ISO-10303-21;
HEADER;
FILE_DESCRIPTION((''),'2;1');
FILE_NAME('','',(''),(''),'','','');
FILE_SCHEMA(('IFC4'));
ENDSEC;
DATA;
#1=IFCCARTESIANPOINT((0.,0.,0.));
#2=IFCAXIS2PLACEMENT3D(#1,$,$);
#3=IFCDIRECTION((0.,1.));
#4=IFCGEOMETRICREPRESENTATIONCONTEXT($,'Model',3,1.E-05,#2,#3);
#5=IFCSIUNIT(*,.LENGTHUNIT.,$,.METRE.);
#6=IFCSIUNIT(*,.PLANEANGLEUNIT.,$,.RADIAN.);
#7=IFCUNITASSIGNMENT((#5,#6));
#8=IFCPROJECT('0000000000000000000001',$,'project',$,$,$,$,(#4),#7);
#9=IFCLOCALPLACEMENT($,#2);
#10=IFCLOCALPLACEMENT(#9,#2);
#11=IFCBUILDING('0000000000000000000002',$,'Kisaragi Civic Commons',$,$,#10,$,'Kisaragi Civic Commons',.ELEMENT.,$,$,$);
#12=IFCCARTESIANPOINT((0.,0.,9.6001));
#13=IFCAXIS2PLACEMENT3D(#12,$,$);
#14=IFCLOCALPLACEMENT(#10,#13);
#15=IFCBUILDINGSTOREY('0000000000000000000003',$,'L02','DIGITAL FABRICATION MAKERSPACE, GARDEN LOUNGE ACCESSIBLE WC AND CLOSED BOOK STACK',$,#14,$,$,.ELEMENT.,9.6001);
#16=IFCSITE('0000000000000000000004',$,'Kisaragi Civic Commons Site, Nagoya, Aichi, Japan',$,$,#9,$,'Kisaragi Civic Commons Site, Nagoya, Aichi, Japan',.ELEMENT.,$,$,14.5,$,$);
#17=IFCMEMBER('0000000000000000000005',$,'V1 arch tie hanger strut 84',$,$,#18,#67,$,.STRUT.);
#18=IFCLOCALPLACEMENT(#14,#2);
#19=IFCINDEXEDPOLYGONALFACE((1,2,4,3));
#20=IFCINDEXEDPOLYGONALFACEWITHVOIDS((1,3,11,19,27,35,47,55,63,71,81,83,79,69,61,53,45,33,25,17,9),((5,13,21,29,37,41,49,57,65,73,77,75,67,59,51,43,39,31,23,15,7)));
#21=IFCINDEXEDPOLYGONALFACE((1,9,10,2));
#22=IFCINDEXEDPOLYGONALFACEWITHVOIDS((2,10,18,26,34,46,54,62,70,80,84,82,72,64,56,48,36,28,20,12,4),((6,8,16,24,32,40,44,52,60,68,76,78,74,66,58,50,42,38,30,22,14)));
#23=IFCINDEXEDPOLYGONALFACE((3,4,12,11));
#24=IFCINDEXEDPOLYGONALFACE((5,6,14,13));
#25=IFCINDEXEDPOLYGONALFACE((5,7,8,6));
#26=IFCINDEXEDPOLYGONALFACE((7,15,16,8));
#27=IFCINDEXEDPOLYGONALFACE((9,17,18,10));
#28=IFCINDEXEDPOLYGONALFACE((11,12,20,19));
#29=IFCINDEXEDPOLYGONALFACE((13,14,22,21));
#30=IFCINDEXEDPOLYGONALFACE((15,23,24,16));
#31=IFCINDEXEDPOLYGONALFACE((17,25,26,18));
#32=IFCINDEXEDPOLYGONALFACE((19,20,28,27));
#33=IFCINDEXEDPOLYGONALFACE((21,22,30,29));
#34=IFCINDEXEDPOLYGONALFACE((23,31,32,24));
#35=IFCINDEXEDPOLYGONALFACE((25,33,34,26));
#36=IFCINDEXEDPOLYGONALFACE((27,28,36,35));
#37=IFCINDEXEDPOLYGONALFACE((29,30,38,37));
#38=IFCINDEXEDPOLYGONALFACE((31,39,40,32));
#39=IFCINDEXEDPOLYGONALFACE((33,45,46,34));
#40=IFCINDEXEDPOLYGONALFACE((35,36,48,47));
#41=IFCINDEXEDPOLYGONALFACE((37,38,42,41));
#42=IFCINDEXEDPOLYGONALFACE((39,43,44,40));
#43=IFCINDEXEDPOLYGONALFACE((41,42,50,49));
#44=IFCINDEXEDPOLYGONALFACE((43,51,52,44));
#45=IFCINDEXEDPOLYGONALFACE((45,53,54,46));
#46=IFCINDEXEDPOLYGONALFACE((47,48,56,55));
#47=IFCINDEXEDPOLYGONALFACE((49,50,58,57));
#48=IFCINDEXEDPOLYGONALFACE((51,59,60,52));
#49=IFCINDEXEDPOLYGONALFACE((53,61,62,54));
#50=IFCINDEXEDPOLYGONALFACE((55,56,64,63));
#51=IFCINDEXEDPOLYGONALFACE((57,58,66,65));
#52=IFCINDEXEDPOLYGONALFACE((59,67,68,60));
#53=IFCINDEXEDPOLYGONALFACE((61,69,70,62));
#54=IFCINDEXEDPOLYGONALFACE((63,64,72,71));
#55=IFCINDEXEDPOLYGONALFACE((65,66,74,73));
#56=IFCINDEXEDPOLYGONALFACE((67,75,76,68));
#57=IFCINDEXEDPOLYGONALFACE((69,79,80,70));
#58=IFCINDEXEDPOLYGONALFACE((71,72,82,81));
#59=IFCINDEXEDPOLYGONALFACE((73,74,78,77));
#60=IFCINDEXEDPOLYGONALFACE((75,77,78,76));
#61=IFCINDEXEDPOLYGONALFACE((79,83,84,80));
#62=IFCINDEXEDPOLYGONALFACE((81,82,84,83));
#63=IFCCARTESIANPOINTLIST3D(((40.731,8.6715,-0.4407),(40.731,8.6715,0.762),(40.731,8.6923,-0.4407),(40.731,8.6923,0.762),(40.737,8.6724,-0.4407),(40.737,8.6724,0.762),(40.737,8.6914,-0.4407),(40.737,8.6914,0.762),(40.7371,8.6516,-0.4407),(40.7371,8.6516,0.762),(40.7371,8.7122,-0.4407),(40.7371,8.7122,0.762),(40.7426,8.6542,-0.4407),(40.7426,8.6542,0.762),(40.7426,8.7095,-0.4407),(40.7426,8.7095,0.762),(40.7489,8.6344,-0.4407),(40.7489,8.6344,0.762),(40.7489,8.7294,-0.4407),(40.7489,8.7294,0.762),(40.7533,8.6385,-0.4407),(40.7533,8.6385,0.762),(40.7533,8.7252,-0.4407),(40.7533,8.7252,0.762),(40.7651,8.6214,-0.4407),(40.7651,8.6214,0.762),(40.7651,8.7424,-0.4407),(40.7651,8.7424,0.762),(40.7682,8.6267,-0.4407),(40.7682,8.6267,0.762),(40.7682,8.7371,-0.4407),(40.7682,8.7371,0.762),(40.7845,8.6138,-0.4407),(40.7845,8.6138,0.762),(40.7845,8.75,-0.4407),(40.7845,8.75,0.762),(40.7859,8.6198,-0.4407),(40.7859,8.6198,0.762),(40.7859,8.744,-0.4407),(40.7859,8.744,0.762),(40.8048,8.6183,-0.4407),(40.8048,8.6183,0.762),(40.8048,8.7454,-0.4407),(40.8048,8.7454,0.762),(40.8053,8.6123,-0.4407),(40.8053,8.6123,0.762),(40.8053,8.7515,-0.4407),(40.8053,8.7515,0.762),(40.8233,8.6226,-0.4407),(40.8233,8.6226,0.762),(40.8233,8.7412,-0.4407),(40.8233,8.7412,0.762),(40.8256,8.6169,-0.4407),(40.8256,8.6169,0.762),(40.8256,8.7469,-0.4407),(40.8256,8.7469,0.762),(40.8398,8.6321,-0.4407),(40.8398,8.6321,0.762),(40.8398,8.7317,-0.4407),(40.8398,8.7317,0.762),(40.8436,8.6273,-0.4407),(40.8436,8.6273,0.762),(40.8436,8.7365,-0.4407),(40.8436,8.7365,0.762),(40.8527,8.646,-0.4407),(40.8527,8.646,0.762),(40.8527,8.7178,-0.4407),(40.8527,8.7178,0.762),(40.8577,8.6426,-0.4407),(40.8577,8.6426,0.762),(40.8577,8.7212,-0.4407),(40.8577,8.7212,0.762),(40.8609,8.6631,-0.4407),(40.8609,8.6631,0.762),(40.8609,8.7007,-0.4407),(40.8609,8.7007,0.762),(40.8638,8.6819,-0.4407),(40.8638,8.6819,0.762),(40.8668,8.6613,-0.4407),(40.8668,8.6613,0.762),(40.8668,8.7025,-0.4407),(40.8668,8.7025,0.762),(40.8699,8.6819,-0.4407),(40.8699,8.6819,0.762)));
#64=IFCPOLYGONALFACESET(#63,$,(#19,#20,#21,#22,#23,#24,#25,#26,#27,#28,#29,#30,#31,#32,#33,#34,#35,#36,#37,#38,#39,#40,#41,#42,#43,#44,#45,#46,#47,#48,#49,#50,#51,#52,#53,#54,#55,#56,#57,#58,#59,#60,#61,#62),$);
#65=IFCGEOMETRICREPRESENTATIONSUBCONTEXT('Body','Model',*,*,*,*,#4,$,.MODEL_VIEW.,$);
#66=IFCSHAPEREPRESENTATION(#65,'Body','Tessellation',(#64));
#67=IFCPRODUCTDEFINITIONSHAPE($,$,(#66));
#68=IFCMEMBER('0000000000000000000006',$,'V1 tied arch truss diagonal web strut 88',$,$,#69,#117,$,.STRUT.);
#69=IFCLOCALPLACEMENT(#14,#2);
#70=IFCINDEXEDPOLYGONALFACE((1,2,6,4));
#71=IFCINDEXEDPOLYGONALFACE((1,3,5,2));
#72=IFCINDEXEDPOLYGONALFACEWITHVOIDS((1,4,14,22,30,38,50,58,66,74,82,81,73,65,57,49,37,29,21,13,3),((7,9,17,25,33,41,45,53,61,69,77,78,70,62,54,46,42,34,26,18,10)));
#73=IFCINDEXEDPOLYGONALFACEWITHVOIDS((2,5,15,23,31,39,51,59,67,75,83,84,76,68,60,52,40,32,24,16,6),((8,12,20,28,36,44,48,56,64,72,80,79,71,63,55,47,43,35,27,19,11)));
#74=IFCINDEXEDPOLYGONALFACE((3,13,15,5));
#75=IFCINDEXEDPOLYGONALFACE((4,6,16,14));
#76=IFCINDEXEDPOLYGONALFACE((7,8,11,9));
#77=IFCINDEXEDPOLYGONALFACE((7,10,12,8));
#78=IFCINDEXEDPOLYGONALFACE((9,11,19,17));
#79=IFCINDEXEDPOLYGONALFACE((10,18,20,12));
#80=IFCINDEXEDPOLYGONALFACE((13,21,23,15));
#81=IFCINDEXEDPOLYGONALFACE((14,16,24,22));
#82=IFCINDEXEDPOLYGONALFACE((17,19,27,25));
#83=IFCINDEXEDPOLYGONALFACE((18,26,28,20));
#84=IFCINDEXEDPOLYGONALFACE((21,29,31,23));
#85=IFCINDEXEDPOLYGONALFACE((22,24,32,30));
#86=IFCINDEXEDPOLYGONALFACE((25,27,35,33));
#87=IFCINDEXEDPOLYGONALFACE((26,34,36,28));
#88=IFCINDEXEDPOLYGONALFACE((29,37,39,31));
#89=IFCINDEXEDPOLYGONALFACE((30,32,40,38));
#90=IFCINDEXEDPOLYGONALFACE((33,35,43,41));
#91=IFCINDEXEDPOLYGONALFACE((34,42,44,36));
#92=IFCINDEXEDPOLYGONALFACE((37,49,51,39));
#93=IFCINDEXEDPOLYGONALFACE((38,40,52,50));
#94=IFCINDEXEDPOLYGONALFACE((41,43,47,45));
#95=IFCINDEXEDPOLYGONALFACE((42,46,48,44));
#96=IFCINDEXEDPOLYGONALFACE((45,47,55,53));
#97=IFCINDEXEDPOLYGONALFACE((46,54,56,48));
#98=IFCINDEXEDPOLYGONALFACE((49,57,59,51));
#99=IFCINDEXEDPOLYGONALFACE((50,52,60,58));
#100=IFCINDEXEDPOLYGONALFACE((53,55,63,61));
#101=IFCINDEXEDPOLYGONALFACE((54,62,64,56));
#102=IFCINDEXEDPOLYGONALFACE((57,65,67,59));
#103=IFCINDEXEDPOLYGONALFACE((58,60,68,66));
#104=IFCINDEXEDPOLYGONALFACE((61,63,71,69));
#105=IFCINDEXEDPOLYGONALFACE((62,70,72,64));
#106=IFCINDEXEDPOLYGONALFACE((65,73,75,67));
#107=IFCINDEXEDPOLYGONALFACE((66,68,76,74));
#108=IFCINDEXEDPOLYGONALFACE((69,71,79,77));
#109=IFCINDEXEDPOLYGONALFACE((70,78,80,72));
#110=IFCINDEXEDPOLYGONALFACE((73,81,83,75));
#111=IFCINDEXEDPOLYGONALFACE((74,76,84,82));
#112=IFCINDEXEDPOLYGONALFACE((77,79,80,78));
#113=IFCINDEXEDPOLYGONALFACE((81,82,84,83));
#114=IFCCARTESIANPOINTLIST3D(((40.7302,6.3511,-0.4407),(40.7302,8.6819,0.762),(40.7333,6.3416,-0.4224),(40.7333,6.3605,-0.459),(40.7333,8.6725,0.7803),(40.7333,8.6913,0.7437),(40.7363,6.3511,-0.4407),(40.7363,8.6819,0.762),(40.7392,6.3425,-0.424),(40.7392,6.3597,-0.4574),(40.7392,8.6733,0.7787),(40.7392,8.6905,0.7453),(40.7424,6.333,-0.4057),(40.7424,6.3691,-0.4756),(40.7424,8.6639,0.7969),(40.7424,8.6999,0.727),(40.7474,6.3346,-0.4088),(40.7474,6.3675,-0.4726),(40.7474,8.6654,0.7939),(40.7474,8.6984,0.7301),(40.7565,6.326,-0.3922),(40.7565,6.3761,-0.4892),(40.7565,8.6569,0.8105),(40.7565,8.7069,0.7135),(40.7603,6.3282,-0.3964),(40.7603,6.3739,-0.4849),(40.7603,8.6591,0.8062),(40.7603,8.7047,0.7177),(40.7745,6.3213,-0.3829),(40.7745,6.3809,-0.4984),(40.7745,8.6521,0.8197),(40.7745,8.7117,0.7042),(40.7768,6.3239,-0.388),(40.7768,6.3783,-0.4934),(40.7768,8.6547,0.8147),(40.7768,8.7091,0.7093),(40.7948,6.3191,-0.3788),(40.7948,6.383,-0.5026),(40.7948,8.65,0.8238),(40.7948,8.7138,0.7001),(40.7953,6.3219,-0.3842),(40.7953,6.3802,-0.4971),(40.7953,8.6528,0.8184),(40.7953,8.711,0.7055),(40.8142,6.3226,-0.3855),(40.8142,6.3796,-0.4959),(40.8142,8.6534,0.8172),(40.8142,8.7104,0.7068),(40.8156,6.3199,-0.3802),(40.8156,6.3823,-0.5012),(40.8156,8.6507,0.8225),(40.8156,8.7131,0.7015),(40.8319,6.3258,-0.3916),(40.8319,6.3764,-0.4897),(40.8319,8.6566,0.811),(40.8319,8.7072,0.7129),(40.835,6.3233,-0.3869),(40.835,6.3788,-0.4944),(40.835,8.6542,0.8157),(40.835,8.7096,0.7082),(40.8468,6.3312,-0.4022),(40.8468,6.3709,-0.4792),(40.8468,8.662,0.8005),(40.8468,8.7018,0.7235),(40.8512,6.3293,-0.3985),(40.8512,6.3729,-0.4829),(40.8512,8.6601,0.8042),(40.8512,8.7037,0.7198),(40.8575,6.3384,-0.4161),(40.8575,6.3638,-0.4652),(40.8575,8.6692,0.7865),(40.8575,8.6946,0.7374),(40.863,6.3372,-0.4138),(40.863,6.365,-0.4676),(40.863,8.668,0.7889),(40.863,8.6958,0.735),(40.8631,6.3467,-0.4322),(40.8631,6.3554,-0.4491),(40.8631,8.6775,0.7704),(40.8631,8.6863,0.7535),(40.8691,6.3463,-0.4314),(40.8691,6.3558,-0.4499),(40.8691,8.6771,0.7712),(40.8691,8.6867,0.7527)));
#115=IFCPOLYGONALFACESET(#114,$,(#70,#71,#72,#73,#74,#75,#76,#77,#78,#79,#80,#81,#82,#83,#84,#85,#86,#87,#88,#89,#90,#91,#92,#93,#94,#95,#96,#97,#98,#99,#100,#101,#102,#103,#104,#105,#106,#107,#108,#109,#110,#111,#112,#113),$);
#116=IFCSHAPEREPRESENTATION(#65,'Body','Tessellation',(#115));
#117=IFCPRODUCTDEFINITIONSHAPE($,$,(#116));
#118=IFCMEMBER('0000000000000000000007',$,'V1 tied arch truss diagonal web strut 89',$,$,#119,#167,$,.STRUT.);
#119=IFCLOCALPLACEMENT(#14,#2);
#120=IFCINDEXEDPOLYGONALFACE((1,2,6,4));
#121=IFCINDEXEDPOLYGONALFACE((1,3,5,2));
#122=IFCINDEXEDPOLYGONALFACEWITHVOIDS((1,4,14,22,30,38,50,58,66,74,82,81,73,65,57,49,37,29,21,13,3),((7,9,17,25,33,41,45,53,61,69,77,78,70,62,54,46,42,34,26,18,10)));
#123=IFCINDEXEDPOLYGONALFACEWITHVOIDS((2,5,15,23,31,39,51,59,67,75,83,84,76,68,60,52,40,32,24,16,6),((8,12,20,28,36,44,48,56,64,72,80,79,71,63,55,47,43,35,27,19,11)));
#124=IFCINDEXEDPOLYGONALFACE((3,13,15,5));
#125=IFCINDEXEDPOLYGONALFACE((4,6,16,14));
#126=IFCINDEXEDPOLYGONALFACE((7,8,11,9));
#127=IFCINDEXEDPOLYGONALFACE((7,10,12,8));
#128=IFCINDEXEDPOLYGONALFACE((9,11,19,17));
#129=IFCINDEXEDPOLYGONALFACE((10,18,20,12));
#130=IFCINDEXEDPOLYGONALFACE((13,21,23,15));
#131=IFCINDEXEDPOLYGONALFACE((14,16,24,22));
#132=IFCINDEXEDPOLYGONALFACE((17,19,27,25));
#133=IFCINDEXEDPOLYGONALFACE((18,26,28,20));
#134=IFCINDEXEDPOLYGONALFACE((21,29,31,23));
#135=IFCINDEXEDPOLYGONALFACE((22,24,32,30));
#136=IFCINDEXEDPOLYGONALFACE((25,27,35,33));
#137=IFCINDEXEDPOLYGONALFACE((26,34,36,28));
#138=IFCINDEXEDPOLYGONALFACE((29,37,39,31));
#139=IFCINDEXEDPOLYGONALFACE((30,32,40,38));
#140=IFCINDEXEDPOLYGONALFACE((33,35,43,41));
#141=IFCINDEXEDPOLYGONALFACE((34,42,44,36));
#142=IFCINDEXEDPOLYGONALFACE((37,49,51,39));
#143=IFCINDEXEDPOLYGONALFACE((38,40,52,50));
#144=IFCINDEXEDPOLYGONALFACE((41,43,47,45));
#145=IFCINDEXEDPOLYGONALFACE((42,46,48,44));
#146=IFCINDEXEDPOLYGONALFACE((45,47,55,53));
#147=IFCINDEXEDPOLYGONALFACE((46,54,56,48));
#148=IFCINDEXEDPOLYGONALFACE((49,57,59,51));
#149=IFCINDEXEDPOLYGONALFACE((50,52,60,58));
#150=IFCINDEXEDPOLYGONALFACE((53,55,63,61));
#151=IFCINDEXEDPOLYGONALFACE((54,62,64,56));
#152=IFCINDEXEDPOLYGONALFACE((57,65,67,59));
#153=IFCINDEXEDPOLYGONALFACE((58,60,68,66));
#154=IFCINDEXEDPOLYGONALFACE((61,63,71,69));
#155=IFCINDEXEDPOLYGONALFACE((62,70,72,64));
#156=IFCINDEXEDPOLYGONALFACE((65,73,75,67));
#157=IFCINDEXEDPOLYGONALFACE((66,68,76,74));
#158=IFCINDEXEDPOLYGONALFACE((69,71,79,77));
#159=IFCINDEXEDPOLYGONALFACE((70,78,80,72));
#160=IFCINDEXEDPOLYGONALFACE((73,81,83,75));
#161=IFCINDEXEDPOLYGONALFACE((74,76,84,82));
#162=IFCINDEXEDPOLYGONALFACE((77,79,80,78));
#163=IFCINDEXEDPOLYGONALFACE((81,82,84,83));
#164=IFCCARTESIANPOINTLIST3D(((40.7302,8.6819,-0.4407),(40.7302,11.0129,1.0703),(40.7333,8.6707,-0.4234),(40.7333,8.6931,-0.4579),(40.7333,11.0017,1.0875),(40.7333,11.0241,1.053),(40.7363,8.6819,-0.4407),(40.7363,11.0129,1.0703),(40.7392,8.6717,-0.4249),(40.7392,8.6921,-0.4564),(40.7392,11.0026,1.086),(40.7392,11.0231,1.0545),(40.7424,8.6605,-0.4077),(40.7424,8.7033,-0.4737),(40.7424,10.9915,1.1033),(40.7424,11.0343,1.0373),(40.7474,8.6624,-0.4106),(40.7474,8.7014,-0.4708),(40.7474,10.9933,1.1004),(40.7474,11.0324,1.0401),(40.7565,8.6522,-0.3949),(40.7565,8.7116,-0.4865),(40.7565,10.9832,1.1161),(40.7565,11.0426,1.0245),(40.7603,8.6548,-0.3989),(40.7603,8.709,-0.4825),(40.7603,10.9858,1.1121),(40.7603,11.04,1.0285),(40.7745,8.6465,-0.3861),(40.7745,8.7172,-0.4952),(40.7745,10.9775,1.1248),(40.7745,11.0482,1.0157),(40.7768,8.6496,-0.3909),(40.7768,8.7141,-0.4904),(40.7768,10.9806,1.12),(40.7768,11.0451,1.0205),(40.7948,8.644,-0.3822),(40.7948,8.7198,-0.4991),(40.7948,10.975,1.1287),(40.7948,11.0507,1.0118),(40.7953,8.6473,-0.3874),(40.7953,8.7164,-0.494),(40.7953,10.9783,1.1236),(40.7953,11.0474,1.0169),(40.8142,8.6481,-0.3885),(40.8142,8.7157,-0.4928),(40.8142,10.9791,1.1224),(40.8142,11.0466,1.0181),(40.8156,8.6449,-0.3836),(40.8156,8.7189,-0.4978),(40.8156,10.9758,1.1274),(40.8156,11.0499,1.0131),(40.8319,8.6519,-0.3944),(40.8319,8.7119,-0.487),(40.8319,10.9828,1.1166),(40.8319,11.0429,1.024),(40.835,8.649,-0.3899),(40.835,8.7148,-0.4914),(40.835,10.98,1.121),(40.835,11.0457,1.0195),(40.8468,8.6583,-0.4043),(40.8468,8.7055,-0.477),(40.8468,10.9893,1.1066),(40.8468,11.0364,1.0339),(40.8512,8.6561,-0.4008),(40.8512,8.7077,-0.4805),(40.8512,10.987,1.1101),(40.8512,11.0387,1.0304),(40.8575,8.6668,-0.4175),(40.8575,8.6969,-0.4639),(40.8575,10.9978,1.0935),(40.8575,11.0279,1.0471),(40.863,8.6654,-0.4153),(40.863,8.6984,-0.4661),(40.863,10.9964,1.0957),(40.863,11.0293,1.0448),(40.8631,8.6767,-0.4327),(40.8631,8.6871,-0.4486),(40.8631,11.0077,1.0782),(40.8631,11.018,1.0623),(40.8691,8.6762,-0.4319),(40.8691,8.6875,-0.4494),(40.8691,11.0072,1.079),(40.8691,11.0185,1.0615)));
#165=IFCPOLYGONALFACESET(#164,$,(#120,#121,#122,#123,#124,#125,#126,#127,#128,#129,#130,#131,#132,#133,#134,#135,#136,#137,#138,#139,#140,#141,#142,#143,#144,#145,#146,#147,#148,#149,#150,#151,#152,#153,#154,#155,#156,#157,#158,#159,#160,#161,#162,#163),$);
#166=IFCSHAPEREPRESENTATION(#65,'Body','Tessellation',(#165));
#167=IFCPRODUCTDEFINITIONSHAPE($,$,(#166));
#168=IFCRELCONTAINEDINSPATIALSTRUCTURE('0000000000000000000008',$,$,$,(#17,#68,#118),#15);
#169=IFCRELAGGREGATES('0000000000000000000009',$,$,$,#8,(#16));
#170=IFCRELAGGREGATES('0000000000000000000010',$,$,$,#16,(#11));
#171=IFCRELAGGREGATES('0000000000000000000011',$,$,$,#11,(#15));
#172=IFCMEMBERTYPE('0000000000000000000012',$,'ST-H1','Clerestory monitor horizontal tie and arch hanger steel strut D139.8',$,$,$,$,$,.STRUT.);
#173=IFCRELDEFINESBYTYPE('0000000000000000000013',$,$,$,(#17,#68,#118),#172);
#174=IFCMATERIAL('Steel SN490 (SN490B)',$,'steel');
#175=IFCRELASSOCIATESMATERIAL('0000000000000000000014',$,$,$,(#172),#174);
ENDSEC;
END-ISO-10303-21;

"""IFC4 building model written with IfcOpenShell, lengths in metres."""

from ifc_helpers import new_model, si_unit, direction, frame, origin, origin_2d, place, context, subcontext, project, spatial, hollow_circle, extrude, material, material_profile, profile_set, type_object, element, save


model = new_model("IFC4")

# Units and contexts
model_context = context("Model", 3, precision=1e-05, world=origin(), true_north=direction((0.0, 1.0)))
body_context = subcontext(model_context, "Body", "Model", "MODEL_VIEW")
ifc_project = project(units=[si_unit("LENGTHUNIT", "METRE"), si_unit("PLANEANGLEUNIT", "RADIAN")], contexts=[model_context])

# Site, building, storey
site_placement = place(None, origin())
site = spatial("IfcSite", under=ifc_project, at=site_placement, Name="Kisaragi Civic Commons Site, Nagoya, Aichi, Japan", LongName="Kisaragi Civic Commons Site, Nagoya, Aichi, Japan", CompositionType="ELEMENT", RefElevation=14.5)
building_placement = place(site_placement, origin())
building = spatial("IfcBuilding", under=site, at=building_placement, Name="Kisaragi Civic Commons", LongName="Kisaragi Civic Commons", CompositionType="ELEMENT")
storey_placement = place(building_placement, frame((0.0, 0.0, 9.6001)))
storey = spatial("IfcBuildingStorey", under=building, at=storey_placement, Name="L02", Description="DIGITAL FABRICATION MAKERSPACE, GARDEN LOUNGE ACCESSIBLE WC AND CLOSED BOOK STACK", CompositionType="ELEMENT", Elevation=9.6001)

# Members
ifc_material_1 = material(Name="Steel SN490 (SN490B)", Category="steel")
ifc_material_profile_1 = material_profile(ifc_material_1, hollow_circle(Radius=0.0698, WallThickness=0.0061, at=origin_2d()), Name="CHS-139.8x6.0", Category="steel")
ifc_profile_set_1 = profile_set([ifc_material_profile_1], Name="Steel SN490 (SN490B)")
member_type_1 = type_object("IfcMemberType", Name="ST-H1", Description="Clerestory monitor horizontal tie and arch hanger steel strut D139.8", PredefinedType="STRUT", material=ifc_profile_set_1)
member_1_placement = place(storey_placement, frame((40.8, 8.6819, -0.4407), z_axis=(0.0, 0.0, 1.0), x_axis=(1.0, 0.0, 0.0)))
element("IfcMember", 1, at=member_1_placement, inside=storey, type_object=member_type_1, Name="V1 arch tie hanger strut 84", PredefinedType="STRUT", context=body_context, shape_type="SweptSolid", body=[
    extrude(hollow_circle(Radius=0.0698, WallThickness=0.0061, at=origin_2d()), origin(), (0.0, 0.0, 1.0), 1.2026),
])
member_2_placement = place(storey_placement, frame((40.8, 6.3511, -0.4407), z_axis=(0.0, 0.888677, 0.458534), x_axis=(-1.0, 0.0, 0.0)))
element("IfcMember", 2, at=member_2_placement, inside=storey, type_object=member_type_1, Name="V1 tied arch truss diagonal web strut 88", PredefinedType="STRUT", context=body_context, shape_type="SweptSolid", body=[
    extrude(hollow_circle(Radius=0.0698, WallThickness=0.0061, at=origin_2d()), origin(), (0.0, 0.0, 1.0), 2.6228),
])
member_3_placement = place(storey_placement, frame((40.8, 8.6819, -0.4407), z_axis=(0.0, 0.839134, 0.543925), x_axis=(-1.0, 0.0, 0.0)))
element("IfcMember", 3, at=member_3_placement, inside=storey, type_object=member_type_1, Name="V1 tied arch truss diagonal web strut 89", PredefinedType="STRUT", context=body_context, shape_type="SweptSolid", body=[
    extrude(hollow_circle(Radius=0.0698, WallThickness=0.0061, at=origin_2d()), origin(), (0.0, 0.0, 1.0), 2.7778),
])

save(model, "model.ifc")
